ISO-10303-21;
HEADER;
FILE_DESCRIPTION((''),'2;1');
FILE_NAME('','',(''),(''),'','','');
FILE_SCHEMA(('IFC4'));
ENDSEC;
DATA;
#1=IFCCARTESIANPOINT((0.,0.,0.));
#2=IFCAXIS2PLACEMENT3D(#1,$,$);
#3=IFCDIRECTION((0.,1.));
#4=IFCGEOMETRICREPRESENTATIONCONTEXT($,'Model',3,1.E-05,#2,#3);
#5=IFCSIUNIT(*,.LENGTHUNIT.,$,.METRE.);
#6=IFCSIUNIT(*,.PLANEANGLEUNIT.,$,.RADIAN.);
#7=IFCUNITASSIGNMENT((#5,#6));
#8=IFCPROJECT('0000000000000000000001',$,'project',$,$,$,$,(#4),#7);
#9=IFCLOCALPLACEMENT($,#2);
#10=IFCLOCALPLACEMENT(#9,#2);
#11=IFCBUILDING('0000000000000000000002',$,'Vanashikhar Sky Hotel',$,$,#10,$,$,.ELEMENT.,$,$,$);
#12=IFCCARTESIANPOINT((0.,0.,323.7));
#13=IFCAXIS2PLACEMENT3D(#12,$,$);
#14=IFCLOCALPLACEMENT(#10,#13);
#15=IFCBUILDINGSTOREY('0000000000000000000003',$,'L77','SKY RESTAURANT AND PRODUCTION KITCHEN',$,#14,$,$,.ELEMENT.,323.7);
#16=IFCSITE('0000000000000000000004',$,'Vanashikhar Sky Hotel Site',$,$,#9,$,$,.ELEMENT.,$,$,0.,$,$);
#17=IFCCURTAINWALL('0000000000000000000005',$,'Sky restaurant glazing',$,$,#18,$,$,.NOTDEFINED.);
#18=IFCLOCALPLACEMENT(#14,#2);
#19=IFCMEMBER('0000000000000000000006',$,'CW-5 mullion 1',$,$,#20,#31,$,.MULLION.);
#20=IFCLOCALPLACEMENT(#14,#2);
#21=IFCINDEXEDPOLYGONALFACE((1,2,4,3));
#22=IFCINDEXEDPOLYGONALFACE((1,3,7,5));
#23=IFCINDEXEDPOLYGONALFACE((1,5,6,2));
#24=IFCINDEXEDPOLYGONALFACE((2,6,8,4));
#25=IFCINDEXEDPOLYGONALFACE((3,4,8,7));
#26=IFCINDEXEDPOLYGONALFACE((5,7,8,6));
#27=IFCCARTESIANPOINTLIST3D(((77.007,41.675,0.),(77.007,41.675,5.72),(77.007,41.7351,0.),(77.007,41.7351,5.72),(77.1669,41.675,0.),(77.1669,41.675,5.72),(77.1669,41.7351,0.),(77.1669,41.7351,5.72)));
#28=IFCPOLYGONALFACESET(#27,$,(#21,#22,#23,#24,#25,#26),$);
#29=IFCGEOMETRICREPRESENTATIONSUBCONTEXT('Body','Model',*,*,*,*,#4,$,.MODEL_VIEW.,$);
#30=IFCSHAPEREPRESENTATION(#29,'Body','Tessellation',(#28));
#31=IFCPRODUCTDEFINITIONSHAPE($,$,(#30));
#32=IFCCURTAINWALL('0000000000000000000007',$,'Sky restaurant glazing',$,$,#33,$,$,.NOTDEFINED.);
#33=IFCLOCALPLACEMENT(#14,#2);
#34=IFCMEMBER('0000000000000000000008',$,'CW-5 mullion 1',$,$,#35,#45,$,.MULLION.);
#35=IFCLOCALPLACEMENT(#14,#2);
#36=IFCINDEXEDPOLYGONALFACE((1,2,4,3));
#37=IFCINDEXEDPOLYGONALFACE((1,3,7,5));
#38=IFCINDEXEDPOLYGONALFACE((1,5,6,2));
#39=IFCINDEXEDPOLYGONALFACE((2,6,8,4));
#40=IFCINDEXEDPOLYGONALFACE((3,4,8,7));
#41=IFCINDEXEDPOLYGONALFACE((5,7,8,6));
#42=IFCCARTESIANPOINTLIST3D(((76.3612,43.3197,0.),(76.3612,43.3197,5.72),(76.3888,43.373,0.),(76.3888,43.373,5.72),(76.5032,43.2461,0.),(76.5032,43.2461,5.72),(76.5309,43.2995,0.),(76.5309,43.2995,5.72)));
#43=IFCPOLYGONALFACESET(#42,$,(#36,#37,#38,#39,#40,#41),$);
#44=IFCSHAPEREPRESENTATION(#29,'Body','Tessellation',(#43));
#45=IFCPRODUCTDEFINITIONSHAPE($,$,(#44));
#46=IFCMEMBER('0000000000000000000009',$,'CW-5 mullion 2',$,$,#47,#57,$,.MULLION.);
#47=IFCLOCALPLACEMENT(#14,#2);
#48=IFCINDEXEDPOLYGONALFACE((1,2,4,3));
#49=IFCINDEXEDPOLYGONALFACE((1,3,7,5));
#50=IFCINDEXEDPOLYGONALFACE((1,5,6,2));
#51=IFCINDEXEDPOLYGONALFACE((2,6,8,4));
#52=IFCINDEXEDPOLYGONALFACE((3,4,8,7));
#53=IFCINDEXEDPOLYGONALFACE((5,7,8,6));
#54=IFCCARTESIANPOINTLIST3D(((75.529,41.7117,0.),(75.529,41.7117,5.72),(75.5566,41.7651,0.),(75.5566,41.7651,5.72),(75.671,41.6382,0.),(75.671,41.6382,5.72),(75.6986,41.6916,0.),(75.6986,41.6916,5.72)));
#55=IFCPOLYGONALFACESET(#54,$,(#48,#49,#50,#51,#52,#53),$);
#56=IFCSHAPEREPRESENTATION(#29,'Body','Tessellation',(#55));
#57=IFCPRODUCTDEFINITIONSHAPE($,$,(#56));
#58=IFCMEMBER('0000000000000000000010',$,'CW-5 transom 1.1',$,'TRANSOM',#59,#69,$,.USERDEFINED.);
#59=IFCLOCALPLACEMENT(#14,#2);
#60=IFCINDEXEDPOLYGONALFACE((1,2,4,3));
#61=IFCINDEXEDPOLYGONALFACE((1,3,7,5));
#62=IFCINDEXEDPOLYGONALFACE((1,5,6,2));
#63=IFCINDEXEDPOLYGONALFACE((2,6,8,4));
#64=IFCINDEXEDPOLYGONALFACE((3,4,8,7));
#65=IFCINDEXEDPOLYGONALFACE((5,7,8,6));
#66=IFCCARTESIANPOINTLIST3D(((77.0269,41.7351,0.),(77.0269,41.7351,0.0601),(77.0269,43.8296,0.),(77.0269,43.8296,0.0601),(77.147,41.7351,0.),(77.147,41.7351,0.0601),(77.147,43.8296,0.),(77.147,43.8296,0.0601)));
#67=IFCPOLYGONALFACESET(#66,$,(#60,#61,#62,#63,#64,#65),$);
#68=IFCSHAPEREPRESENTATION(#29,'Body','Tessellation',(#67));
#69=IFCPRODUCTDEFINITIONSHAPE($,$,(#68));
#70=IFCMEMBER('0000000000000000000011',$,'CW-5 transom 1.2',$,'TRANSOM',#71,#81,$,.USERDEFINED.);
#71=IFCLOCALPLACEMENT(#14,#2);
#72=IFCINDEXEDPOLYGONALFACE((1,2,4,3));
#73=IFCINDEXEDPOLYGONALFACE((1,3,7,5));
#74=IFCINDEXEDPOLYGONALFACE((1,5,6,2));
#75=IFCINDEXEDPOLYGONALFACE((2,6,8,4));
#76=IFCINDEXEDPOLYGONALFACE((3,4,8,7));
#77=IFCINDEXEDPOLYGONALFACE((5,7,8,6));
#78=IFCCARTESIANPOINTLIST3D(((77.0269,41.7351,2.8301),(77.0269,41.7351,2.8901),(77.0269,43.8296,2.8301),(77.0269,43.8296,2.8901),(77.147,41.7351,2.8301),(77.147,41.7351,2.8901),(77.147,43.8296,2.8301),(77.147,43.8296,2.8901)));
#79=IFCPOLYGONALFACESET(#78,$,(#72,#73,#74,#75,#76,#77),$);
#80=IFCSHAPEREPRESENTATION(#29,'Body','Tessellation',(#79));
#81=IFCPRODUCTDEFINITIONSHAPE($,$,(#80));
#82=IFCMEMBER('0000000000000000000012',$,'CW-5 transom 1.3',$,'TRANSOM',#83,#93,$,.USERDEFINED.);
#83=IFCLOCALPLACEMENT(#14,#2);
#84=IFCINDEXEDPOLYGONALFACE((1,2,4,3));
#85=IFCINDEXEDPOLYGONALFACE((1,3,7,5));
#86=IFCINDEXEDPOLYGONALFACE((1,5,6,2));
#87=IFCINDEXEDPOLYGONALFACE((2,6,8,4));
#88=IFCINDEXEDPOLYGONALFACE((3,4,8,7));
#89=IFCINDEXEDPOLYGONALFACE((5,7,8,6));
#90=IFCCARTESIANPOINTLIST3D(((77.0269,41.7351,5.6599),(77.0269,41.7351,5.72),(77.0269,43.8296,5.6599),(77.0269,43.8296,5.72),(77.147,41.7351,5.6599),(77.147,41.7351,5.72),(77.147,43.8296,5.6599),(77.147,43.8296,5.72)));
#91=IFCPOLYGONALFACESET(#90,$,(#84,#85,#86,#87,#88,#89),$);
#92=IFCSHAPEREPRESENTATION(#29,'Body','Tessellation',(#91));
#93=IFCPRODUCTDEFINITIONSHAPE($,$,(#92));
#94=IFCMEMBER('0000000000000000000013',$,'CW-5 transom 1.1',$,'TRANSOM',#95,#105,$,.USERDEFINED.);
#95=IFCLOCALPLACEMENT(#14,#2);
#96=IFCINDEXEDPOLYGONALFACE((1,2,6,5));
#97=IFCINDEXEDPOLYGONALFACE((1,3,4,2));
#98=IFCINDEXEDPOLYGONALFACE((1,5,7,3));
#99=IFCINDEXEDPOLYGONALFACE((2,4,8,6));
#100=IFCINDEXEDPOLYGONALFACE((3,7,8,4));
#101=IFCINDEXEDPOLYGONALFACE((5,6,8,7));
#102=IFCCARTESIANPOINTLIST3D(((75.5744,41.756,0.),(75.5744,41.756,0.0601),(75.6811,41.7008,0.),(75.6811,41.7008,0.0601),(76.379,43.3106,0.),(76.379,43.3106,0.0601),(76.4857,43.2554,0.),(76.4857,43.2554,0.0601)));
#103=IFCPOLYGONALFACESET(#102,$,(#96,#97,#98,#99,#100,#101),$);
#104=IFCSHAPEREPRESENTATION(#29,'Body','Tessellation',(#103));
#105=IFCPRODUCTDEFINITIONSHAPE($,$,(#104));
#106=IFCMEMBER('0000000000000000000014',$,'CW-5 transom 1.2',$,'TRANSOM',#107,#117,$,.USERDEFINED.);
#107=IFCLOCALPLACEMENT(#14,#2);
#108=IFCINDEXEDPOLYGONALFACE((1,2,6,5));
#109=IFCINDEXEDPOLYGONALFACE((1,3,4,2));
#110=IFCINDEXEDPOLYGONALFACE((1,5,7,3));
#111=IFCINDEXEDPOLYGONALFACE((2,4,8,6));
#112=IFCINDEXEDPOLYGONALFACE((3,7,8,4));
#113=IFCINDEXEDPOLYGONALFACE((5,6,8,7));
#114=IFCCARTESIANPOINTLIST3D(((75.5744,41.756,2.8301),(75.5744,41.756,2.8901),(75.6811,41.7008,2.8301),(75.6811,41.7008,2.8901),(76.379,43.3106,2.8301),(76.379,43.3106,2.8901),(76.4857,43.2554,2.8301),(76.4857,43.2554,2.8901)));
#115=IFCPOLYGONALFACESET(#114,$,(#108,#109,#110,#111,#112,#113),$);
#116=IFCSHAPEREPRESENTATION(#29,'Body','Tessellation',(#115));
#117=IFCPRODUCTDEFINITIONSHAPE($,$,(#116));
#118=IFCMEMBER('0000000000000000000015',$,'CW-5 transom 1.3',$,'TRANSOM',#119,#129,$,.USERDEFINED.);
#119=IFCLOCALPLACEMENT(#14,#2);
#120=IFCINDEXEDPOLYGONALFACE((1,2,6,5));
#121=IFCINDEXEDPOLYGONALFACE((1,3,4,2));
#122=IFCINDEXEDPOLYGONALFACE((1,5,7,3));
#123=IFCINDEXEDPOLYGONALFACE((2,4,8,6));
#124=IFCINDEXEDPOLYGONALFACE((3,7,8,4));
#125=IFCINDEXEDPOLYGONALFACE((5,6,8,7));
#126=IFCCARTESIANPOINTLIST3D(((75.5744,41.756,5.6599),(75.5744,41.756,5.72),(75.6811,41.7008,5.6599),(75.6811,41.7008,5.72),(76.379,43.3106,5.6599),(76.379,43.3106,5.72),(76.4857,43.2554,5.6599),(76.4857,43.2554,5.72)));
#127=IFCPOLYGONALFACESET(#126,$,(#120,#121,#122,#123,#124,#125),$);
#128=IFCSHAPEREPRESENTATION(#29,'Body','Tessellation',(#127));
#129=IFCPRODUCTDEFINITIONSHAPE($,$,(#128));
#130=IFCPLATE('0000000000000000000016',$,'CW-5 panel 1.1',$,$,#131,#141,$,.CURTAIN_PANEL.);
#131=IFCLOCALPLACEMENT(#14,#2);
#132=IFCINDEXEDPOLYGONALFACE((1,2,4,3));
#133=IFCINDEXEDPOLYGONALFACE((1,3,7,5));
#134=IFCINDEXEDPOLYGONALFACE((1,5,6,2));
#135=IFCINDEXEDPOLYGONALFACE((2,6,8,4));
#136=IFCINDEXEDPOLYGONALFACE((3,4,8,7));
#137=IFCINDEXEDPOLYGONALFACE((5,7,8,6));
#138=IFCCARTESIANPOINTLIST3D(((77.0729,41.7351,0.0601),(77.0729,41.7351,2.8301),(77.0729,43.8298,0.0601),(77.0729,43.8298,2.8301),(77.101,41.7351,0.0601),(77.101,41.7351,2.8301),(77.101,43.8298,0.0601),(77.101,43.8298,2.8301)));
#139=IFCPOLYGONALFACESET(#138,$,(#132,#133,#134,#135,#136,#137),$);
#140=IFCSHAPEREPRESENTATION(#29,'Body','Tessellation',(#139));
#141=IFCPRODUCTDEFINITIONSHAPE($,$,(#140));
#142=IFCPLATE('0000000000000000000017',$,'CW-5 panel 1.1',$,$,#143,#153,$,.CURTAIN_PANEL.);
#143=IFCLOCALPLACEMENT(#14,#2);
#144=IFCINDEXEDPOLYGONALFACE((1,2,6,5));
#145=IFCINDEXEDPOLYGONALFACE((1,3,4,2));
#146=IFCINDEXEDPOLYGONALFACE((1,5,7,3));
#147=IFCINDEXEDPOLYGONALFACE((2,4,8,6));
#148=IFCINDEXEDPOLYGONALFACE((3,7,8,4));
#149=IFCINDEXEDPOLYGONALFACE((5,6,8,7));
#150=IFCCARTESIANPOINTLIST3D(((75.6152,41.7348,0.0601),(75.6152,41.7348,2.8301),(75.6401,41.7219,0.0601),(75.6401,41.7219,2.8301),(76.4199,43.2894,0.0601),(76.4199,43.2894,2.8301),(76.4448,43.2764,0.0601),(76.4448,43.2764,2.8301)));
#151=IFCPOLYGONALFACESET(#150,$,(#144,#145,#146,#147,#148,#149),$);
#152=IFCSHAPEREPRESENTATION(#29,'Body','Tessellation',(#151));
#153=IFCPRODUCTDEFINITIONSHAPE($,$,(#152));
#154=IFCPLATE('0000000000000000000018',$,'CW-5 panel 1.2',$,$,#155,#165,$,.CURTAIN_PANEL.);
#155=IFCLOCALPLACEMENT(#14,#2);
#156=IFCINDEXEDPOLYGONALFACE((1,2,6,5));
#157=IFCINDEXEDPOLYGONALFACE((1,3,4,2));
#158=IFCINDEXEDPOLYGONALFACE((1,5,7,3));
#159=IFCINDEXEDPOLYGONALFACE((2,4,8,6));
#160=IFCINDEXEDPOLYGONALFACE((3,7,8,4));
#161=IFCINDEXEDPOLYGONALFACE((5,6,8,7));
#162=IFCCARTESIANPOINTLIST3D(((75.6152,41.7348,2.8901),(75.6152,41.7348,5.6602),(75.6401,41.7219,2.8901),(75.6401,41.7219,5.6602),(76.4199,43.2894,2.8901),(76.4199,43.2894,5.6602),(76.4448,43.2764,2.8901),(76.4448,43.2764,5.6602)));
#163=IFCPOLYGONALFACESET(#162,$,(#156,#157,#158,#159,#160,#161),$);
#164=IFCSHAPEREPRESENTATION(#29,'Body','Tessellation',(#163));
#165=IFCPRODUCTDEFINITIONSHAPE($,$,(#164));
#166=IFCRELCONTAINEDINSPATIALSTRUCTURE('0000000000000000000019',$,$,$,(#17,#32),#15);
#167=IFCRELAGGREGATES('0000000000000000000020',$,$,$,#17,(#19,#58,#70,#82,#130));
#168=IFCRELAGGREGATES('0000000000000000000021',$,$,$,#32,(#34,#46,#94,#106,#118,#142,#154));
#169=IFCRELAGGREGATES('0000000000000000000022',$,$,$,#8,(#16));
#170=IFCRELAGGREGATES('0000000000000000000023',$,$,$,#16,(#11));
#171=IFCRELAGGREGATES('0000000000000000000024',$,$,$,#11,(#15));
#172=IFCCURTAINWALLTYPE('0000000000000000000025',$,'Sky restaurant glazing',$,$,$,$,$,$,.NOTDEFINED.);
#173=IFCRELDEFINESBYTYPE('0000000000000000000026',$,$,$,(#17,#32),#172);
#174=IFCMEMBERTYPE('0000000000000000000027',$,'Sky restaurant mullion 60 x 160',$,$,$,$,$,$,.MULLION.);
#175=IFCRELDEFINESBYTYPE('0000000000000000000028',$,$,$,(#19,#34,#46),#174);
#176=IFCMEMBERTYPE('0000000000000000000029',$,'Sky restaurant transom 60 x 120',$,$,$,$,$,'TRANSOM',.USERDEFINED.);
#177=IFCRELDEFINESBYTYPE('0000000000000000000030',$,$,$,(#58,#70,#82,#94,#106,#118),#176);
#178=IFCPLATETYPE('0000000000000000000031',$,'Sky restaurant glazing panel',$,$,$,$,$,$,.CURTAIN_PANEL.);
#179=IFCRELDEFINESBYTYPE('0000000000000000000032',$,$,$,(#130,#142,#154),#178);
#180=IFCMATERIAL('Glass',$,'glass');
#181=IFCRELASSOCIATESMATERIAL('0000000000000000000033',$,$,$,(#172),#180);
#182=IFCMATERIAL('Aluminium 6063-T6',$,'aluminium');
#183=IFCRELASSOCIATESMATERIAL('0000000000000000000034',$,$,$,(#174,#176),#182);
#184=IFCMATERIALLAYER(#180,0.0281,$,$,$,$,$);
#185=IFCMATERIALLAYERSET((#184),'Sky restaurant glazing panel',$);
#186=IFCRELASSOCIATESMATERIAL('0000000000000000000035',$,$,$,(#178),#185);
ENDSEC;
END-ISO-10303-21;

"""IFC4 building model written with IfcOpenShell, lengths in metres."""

from ifc_helpers import new_model, si_unit, direction, frame, origin, origin_2d, place, context, subcontext, project, spatial, rectangle, extrude, source, transform, mapped, material, layer, layer_set, material_profile, profile_set, type_object, element, aggregate, save


model = new_model("IFC4")

# Units and contexts
model_context = context("Model", 3, precision=1e-05, world=origin(), true_north=direction((0.0, 1.0)))
body_context = subcontext(model_context, "Body", "Model", "MODEL_VIEW")
ifc_project = project(units=[si_unit("LENGTHUNIT", "METRE"), si_unit("PLANEANGLEUNIT", "RADIAN")], contexts=[model_context])

# Site, building, storey
site_placement = place(None, origin())
site = spatial("IfcSite", under=ifc_project, at=site_placement, Name="Vanashikhar Sky Hotel Site", CompositionType="ELEMENT", RefElevation=0.0)
building_placement = place(site_placement, origin())
building = spatial("IfcBuilding", under=site, at=building_placement, Name="Vanashikhar Sky Hotel", CompositionType="ELEMENT")
storey_placement = place(building_placement, frame((0.0, 0.0, 323.7)))
storey = spatial("IfcBuildingStorey", under=building, at=storey_placement, Name="L77", Description="SKY RESTAURANT AND PRODUCTION KITCHEN", CompositionType="ELEMENT", Elevation=323.7)

# Curtain wall, member
ifc_material_1 = material(Name="Glass", Category="glass")
curtain_wall_type = type_object("IfcCurtainWallType", Name="Sky restaurant glazing", PredefinedType="NOTDEFINED", material=ifc_material_1)
curtain_wall_1_placement = place(storey_placement, origin())
curtain_wall_1 = element("IfcCurtainWall", 1, at=curtain_wall_1_placement, inside=storey, type_object=curtain_wall_type, Name="Sky restaurant glazing", PredefinedType="NOTDEFINED")
ifc_material_2 = material(Name="Aluminium 6063-T6", Category="aluminium")
ifc_material_profile_1 = material_profile(ifc_material_2, rectangle(XDim=0.1599, YDim=0.0601, at=origin_2d()))
ifc_profile_set_1 = profile_set([ifc_material_profile_1], Name="Aluminium 6063-T6")
member_type_1 = type_object("IfcMemberType", Name="Sky restaurant mullion 60 x 160", PredefinedType="MULLION", material=ifc_profile_set_1)
shared_shape_1 = source(origin(), body_context, "Body", "SweptSolid", [
    extrude(rectangle(XDim=0.1599, YDim=0.0601, at=origin_2d()), origin(), (0.0, 0.0, 1.0), 5.72),
])
member_1_placement = place(storey_placement, frame((77.0869, 41.7051, 0.0), z_axis=(0.0, 0.0, 1.0), x_axis=(-1.0, 0.0, 0.0)))
member_1 = element("IfcMember", 2, at=member_1_placement, type_object=member_type_1, Name="CW-5 mullion 1", PredefinedType="MULLION", context=body_context, shape_type="MappedRepresentation", body=[
    mapped(shared_shape_1, transform((0.0, 0.0, 0.0), scale=1.0)),
])

# Curtain wall, members
curtain_wall_2_placement = place(storey_placement, origin())
curtain_wall_2 = element("IfcCurtainWall", 3, at=curtain_wall_2_placement, inside=storey, type_object=curtain_wall_type, Name="Sky restaurant glazing", PredefinedType="NOTDEFINED")
member_2_placement = place(storey_placement, frame((76.446, 43.3096, 0.0), z_axis=(0.0, 0.0, 1.0), x_axis=(0.888074, -0.459701, 0.0)))
member_2 = element("IfcMember", 4, at=member_2_placement, type_object=member_type_1, Name="CW-5 mullion 1", PredefinedType="MULLION", context=body_context, shape_type="MappedRepresentation", body=[
    mapped(shared_shape_1, transform((0.0, 0.0, 0.0), scale=1.0)),
])
member_3_placement = place(storey_placement, frame((75.6138, 41.7017, 0.0), z_axis=(0.0, 0.0, 1.0), x_axis=(0.888074, -0.459701, 0.0)))
member_3 = element("IfcMember", 5, at=member_3_placement, type_object=member_type_1, Name="CW-5 mullion 2", PredefinedType="MULLION", context=body_context, shape_type="MappedRepresentation", body=[
    mapped(shared_shape_1, transform((0.0, 0.0, 0.0), scale=1.0)),
])

# Members
ifc_material_profile_2 = material_profile(ifc_material_2, rectangle(XDim=0.1201, YDim=0.0601, at=origin_2d()))
ifc_profile_set_2 = profile_set([ifc_material_profile_2], Name="Aluminium 6063-T6")
member_type_2 = type_object("IfcMemberType", Name="Sky restaurant transom 60 x 120", ElementType="TRANSOM", PredefinedType="USERDEFINED", material=ifc_profile_set_2)
shared_shape_2 = source(origin(), body_context, "Body", "SweptSolid", [
    extrude(rectangle(XDim=0.1201, YDim=0.0601, at=origin_2d()), origin(), (0.0, 0.0, 1.0), 2.0945),
])
member_4_placement = place(storey_placement, frame((77.0869, 41.7351, 0.03), z_axis=(0.0, 1.0, 0.0), x_axis=(-1.0, 0.0, 0.0)))
member_4 = element("IfcMember", 6, at=member_4_placement, type_object=member_type_2, Name="CW-5 transom 1.1", ObjectType="TRANSOM", PredefinedType="USERDEFINED", context=body_context, shape_type="MappedRepresentation", body=[
    mapped(shared_shape_2, transform((0.0, 0.0, 0.0), scale=1.0)),
])
member_5_placement = place(storey_placement, frame((77.0869, 41.7351, 2.8601), z_axis=(0.0, 1.0, 0.0), x_axis=(-1.0, 0.0, 0.0)))
member_5 = element("IfcMember", 7, at=member_5_placement, type_object=member_type_2, Name="CW-5 transom 1.2", ObjectType="TRANSOM", PredefinedType="USERDEFINED", context=body_context, shape_type="MappedRepresentation", body=[
    mapped(shared_shape_2, transform((0.0, 0.0, 0.0), scale=1.0)),
])
member_6_placement = place(storey_placement, frame((77.0869, 41.7351, 5.6899), z_axis=(0.0, 1.0, 0.0), x_axis=(-1.0, 0.0, 0.0)))
member_6 = element("IfcMember", 8, at=member_6_placement, type_object=member_type_2, Name="CW-5 transom 1.3", ObjectType="TRANSOM", PredefinedType="USERDEFINED", context=body_context, shape_type="MappedRepresentation", body=[
    mapped(shared_shape_2, transform((0.0, 0.0, 0.0), scale=1.0)),
])
shared_shape_3 = source(origin(), body_context, "Body", "SweptSolid", [
    extrude(rectangle(XDim=0.1201, YDim=0.0601, at=origin_2d()), origin(), (0.0, 0.0, 1.0), 1.7505),
])
member_7_placement = place(storey_placement, frame((76.4324, 43.283, 0.03), z_axis=(-0.459666, -0.888092, 0.0), x_axis=(0.888092, -0.459666, 0.0)))
member_7 = element("IfcMember", 9, at=member_7_placement, type_object=member_type_2, Name="CW-5 transom 1.1", ObjectType="TRANSOM", PredefinedType="USERDEFINED", context=body_context, shape_type="MappedRepresentation", body=[
    mapped(shared_shape_3, transform((0.0, 0.0, 0.0), scale=1.0)),
])
member_8_placement = place(storey_placement, frame((76.4324, 43.283, 2.8601), z_axis=(-0.459666, -0.888092, 0.0), x_axis=(0.888092, -0.459666, 0.0)))
member_8 = element("IfcMember", 10, at=member_8_placement, type_object=member_type_2, Name="CW-5 transom 1.2", ObjectType="TRANSOM", PredefinedType="USERDEFINED", context=body_context, shape_type="MappedRepresentation", body=[
    mapped(shared_shape_3, transform((0.0, 0.0, 0.0), scale=1.0)),
])
member_9_placement = place(storey_placement, frame((76.4324, 43.283, 5.6899), z_axis=(-0.459666, -0.888092, 0.0), x_axis=(0.888092, -0.459666, 0.0)))
member_9 = element("IfcMember", 11, at=member_9_placement, type_object=member_type_2, Name="CW-5 transom 1.3", ObjectType="TRANSOM", PredefinedType="USERDEFINED", context=body_context, shape_type="MappedRepresentation", body=[
    mapped(shared_shape_3, transform((0.0, 0.0, 0.0), scale=1.0)),
])

# Plates
ifc_layer = layer(ifc_material_1, 0.0281)
ifc_layer_set = layer_set([ifc_layer], Name="Sky restaurant glazing panel")
plate_type = type_object("IfcPlateType", Name="Sky restaurant glazing panel", PredefinedType="CURTAIN_PANEL", material=ifc_layer_set)
shared_shape_4 = source(origin(), body_context, "Body", "SweptSolid", [
    extrude(rectangle(XDim=2.0947, YDim=0.0281, at=origin_2d()), origin(), (0.0, 0.0, 1.0), 2.77),
])
plate_1_placement = place(storey_placement, frame((77.0869, 42.7825, 0.0601), z_axis=(0.0, 0.0, 1.0), x_axis=(0.0, 1.0, 0.0)))
plate_1 = element("IfcPlate", 12, at=plate_1_placement, type_object=plate_type, Name="CW-5 panel 1.1", PredefinedType="CURTAIN_PANEL", context=body_context, shape_type="MappedRepresentation", body=[
    mapped(shared_shape_4, transform((0.0, 0.0, 0.0), scale=1.0)),
])
aggregate(curtain_wall_1, [member_1, member_4, member_5, member_6, plate_1])
shared_shape_5 = source(origin(), body_context, "Body", "SweptSolid", [
    extrude(rectangle(XDim=1.7505, YDim=0.0281, at=origin_2d()), origin(), (0.0, 0.0, 1.0), 2.77),
])
plate_2_placement = place(storey_placement, frame((76.03, 42.5056, 0.0601), z_axis=(0.0, 0.0, 1.0), x_axis=(-0.459701, -0.888074, 0.0)))
plate_2 = element("IfcPlate", 13, at=plate_2_placement, type_object=plate_type, Name="CW-5 panel 1.1", PredefinedType="CURTAIN_PANEL", context=body_context, shape_type="MappedRepresentation", body=[
    mapped(shared_shape_5, transform((0.0, 0.0, 0.0), scale=1.0)),
])
plate_3_placement = place(storey_placement, frame((76.03, 42.5056, 2.8901), z_axis=(0.0, 0.0, 1.0), x_axis=(-0.459701, -0.888074, 0.0)))
plate_3 = element("IfcPlate", 14, at=plate_3_placement, type_object=plate_type, Name="CW-5 panel 1.2", PredefinedType="CURTAIN_PANEL", context=body_context, shape_type="MappedRepresentation", body=[
    mapped(shared_shape_5, transform((0.0, 0.0, 0.0), scale=1.0)),
])
aggregate(curtain_wall_2, [member_2, member_3, member_7, member_8, member_9, plate_2, plate_3])

save(model, "model.ifc")
